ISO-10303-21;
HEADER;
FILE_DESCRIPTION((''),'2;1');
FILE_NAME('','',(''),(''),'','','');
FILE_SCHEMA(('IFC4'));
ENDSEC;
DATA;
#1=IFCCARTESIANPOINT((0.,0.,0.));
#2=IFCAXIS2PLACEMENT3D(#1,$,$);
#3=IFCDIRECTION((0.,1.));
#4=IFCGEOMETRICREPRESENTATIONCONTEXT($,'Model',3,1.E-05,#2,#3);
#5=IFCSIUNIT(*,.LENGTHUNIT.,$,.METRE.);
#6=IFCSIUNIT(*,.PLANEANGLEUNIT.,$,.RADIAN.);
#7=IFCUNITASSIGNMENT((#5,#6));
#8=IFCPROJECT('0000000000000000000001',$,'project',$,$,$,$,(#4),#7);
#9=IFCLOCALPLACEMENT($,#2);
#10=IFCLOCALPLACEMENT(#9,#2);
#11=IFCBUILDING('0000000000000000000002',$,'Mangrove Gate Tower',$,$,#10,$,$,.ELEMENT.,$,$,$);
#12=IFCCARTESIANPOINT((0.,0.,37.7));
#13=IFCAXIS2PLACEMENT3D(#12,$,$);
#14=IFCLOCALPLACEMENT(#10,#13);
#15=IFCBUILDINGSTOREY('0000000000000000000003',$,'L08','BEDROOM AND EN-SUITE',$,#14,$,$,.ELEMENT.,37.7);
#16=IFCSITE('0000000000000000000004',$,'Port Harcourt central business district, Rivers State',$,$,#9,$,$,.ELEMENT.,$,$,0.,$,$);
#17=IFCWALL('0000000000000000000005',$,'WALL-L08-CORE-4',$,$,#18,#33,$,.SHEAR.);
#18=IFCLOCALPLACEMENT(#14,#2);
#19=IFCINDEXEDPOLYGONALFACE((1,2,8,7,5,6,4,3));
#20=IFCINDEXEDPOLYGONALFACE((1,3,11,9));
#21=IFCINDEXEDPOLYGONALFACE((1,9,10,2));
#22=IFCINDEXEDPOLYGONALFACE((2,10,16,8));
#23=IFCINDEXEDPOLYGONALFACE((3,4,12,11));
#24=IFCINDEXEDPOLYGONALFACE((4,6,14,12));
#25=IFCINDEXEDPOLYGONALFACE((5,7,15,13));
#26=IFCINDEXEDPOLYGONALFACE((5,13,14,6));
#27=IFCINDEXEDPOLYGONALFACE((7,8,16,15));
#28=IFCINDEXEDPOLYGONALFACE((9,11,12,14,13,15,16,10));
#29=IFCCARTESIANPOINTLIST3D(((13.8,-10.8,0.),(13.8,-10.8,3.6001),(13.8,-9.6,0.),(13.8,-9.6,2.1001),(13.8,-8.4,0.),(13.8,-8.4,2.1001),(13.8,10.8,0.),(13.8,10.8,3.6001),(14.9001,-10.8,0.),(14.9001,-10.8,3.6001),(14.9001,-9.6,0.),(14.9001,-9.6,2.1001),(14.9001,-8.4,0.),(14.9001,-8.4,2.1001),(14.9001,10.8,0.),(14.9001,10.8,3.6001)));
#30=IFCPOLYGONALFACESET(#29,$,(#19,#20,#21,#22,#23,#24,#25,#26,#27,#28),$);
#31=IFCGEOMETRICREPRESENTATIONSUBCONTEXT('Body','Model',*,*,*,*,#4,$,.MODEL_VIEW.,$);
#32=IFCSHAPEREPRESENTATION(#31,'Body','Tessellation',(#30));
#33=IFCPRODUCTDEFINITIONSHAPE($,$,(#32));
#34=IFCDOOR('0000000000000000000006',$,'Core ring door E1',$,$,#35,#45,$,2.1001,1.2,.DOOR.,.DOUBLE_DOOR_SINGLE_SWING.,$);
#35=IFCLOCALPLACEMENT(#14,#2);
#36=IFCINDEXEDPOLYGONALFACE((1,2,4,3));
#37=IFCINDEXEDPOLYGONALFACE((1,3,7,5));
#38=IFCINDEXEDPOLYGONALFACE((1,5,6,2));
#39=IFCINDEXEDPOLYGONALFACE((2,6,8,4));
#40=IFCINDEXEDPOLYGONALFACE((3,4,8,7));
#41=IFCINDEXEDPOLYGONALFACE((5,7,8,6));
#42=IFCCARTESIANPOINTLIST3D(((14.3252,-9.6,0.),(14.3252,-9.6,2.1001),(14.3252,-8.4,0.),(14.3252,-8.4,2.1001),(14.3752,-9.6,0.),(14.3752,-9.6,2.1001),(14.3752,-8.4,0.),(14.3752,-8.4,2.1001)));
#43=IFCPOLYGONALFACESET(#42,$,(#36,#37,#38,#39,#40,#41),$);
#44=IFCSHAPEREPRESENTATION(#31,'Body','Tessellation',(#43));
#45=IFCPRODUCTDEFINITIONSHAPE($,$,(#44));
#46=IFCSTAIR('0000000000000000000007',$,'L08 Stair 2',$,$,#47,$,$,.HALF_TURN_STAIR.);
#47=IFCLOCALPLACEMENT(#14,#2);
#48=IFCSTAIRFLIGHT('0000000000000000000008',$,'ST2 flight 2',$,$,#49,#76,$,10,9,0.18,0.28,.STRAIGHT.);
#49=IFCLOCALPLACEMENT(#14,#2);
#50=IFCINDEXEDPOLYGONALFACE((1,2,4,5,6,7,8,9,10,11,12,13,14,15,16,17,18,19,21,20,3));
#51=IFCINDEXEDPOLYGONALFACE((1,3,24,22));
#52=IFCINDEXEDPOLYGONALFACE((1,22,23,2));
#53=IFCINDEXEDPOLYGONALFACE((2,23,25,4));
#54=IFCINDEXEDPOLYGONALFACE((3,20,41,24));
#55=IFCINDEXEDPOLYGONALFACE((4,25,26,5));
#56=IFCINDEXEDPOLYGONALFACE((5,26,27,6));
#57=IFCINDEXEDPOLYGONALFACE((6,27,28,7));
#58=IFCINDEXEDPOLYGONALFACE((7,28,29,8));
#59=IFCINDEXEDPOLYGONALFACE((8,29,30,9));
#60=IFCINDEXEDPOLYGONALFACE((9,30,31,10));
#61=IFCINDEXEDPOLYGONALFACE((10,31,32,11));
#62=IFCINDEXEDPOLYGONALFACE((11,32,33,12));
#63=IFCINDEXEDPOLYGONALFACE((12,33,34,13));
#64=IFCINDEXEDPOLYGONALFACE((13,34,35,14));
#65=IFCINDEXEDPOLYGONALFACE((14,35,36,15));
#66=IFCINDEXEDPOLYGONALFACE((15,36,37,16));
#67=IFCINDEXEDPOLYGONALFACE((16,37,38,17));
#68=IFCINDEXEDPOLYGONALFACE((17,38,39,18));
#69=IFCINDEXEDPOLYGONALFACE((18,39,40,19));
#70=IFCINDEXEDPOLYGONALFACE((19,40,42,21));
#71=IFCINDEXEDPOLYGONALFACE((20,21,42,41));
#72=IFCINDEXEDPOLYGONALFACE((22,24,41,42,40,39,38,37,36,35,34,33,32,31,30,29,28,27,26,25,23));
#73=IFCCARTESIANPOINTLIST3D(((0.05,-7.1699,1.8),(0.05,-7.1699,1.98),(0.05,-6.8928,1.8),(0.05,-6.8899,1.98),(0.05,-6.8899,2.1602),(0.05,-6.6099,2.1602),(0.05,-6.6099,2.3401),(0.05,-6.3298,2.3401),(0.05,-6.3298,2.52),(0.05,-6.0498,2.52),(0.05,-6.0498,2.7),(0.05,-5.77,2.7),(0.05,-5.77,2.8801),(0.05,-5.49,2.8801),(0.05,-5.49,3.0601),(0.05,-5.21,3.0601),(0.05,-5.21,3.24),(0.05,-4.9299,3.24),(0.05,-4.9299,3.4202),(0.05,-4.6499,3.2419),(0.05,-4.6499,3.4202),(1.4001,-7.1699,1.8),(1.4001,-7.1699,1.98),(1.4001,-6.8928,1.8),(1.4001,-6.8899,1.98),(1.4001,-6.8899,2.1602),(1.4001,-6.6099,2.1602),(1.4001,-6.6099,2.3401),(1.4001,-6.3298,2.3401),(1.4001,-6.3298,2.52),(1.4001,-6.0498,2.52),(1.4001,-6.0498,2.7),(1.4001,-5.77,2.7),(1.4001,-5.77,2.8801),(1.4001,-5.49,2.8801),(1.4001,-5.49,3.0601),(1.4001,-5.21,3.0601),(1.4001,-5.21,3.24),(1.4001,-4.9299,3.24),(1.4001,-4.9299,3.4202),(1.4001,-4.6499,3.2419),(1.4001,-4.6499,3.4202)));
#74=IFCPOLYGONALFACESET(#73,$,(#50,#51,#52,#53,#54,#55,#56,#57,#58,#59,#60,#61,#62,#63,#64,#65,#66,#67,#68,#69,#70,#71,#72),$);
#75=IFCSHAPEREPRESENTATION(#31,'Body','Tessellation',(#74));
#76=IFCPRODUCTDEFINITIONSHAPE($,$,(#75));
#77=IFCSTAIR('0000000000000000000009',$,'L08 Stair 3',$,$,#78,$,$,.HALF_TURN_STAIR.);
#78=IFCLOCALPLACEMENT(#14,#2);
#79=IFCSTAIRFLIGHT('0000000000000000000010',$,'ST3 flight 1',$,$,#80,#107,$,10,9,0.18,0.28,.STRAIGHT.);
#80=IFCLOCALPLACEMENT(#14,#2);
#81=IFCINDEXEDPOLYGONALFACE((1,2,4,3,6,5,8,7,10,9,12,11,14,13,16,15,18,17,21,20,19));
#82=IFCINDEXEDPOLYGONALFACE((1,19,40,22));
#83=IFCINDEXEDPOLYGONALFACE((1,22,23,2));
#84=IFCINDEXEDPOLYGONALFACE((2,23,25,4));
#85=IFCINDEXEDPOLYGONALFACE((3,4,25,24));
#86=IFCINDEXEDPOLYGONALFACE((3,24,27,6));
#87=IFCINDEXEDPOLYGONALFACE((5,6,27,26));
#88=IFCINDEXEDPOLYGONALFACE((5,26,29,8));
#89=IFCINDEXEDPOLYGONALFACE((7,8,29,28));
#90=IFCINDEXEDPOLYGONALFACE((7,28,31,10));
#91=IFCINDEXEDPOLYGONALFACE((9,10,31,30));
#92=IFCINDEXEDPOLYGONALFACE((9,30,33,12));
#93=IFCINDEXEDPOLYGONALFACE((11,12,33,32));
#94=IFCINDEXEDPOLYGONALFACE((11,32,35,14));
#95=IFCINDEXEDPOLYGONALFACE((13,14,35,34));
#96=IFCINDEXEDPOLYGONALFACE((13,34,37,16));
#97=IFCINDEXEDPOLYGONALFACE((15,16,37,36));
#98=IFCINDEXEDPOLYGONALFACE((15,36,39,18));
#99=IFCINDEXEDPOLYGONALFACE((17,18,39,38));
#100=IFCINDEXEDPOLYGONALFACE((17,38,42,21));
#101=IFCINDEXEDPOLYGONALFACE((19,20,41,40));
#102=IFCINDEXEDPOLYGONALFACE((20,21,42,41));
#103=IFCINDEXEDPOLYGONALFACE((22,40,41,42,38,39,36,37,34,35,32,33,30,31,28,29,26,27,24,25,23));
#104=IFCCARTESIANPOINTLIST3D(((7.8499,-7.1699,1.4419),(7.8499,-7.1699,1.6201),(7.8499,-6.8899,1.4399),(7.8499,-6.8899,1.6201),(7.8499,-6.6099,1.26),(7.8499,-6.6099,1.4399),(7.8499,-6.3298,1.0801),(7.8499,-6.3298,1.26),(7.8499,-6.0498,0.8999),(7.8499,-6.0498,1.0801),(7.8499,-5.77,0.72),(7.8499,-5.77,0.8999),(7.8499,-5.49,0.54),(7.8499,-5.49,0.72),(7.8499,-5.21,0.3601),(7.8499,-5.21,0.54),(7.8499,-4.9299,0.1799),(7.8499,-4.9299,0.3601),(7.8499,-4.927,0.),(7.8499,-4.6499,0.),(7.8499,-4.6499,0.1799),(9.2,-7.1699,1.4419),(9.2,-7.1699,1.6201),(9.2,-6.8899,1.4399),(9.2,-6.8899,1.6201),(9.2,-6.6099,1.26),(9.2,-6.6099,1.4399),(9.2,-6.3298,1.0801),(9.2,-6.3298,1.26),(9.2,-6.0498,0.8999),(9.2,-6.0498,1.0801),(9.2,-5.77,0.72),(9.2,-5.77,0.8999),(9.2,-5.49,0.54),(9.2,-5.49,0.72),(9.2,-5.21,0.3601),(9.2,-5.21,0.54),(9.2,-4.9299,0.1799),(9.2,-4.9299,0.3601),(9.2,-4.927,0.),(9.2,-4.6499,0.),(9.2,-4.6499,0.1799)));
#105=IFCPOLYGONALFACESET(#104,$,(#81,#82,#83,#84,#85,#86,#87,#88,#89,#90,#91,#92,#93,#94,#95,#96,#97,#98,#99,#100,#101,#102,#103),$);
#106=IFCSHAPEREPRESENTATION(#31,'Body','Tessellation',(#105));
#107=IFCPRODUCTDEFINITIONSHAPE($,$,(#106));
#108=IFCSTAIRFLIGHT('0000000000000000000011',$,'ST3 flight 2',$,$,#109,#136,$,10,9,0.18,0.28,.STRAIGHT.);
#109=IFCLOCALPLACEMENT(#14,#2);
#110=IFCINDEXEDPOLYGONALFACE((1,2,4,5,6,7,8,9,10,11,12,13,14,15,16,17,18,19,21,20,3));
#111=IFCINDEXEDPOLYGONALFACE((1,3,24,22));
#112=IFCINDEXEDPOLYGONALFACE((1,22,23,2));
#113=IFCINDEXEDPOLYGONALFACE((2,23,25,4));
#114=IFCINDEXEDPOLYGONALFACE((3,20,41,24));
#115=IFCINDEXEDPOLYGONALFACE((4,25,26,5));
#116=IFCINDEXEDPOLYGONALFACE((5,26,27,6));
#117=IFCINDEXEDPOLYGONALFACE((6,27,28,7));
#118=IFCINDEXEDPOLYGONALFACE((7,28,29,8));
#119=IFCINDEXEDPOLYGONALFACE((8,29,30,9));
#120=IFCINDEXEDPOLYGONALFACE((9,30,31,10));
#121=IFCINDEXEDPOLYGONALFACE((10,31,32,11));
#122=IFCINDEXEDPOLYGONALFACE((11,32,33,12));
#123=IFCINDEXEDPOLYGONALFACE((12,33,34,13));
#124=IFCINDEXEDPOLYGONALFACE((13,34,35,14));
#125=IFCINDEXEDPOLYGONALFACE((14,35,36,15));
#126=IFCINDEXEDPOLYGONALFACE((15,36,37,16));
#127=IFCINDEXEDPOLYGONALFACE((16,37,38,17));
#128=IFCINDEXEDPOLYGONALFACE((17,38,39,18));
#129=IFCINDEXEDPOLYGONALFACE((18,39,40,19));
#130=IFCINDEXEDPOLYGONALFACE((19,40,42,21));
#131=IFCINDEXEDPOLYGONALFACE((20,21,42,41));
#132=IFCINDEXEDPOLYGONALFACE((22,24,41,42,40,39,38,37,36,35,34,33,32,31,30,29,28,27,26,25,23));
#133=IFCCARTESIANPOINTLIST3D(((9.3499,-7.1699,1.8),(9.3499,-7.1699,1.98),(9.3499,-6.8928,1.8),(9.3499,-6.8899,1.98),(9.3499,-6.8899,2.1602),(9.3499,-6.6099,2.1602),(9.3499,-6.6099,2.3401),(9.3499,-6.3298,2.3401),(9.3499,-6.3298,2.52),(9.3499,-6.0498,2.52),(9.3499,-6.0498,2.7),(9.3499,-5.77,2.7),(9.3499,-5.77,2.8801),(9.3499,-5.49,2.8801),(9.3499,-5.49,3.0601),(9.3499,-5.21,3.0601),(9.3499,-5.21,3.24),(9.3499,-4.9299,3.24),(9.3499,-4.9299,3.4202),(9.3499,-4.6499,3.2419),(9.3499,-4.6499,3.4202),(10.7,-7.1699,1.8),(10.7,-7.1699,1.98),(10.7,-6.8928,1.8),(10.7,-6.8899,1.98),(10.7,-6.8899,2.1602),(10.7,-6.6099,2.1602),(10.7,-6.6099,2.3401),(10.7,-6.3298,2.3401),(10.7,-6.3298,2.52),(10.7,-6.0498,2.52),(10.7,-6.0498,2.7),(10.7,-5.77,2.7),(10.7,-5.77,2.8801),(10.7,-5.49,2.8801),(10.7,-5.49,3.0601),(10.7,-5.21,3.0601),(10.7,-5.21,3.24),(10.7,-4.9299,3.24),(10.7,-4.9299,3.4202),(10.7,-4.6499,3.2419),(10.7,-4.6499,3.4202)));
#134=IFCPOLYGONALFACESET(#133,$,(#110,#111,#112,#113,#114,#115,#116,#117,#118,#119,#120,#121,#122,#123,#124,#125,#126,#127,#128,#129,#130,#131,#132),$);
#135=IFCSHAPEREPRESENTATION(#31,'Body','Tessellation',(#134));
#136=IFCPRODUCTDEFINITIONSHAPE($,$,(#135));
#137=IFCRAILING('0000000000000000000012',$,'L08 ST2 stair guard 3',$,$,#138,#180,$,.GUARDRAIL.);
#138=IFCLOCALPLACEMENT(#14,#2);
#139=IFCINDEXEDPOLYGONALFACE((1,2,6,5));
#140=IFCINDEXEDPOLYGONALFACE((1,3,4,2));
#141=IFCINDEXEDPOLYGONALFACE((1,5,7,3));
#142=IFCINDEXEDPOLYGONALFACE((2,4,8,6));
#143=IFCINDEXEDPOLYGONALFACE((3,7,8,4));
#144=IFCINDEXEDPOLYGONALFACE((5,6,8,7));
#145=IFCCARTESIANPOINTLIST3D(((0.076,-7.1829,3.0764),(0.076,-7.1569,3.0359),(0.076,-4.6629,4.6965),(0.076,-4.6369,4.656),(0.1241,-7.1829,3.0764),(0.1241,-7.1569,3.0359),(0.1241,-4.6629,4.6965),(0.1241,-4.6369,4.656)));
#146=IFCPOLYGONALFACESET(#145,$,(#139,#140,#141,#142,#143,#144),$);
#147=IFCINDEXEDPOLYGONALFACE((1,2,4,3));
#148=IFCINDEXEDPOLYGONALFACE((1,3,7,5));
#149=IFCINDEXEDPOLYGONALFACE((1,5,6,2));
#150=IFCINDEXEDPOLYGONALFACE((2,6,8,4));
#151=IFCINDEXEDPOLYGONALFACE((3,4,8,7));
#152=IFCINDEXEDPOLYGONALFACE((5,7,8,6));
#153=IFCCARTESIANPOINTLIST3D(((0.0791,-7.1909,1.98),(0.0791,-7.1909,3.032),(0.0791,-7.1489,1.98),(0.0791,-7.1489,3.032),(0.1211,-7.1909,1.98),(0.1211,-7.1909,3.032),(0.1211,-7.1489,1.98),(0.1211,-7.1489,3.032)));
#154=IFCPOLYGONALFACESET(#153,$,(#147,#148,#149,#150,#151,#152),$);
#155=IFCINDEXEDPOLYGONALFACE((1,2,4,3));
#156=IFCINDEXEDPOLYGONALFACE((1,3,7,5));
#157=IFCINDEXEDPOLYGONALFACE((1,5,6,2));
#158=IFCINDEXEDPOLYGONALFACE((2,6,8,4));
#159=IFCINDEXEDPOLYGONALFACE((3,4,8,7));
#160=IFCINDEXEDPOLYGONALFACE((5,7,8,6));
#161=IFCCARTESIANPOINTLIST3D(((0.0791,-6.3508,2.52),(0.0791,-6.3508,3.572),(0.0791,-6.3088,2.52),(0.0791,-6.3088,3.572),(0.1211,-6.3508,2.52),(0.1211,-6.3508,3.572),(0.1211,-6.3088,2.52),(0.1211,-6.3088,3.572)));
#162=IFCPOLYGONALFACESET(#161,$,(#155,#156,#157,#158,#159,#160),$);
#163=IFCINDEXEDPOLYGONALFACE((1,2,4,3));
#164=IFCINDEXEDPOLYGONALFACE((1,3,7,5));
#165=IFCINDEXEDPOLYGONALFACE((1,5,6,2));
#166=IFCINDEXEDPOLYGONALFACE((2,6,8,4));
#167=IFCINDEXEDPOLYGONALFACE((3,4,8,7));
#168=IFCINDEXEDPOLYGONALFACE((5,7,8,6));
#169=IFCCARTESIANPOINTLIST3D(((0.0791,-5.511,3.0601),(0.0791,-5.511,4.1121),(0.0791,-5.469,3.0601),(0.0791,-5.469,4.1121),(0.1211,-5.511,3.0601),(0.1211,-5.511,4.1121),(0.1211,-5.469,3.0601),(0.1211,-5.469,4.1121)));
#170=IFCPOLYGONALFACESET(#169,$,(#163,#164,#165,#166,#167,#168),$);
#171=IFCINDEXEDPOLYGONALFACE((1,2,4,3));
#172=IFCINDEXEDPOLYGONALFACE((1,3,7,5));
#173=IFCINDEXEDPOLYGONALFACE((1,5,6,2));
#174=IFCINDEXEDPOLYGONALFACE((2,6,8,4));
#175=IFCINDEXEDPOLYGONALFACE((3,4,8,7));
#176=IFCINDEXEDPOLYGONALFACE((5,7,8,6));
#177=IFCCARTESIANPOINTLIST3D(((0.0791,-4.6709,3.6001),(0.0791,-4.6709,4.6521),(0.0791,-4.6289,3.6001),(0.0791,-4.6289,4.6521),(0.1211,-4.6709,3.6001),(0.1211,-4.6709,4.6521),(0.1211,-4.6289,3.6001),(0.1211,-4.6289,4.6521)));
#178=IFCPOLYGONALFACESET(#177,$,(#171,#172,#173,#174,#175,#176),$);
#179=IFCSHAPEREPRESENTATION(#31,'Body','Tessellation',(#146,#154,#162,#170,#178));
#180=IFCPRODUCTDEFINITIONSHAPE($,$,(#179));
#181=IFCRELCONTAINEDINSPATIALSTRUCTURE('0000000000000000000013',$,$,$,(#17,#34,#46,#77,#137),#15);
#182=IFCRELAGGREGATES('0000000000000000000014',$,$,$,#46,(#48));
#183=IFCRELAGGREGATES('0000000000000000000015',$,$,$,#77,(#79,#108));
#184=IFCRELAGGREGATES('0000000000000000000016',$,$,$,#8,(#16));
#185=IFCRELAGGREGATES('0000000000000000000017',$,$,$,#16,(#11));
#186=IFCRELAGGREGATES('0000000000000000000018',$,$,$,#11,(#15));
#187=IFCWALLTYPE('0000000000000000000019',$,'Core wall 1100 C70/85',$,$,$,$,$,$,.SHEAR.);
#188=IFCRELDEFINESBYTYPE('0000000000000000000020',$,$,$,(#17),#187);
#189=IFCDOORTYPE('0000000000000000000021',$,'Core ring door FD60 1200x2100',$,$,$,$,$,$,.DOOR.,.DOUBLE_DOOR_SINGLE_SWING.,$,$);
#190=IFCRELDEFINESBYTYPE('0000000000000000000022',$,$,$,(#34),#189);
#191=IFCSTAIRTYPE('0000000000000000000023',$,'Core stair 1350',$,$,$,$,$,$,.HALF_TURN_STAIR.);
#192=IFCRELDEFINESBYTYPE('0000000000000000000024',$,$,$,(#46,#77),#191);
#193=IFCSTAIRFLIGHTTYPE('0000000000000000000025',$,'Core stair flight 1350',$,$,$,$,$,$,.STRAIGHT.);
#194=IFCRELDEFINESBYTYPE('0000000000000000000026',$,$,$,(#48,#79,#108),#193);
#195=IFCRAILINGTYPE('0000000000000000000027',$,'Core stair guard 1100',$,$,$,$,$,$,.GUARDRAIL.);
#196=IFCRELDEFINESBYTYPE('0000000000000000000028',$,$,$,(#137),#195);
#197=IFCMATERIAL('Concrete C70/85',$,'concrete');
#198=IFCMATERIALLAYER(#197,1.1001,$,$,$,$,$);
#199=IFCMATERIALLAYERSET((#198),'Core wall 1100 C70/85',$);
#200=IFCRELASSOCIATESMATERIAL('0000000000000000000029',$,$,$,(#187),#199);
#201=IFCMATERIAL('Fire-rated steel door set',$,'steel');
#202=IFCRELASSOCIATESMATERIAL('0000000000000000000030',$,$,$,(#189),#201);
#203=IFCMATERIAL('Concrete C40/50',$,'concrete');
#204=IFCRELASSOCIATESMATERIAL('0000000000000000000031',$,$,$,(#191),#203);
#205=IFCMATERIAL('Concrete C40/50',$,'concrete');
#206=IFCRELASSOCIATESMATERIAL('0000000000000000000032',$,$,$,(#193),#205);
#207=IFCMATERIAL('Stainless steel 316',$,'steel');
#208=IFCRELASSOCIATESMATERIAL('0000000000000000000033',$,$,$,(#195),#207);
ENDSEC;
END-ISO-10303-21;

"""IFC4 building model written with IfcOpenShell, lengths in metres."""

from ifc_helpers import new_model, si_unit, direction, frame, frame_2d, origin, origin_2d, place, context, subcontext, project, spatial, polyline, rectangle, outline, extrude, material, layer, layer_set, type_object, element, fill, aggregate, save


model = new_model("IFC4")

# Units and contexts
model_context = context("Model", 3, precision=1e-05, world=origin(), true_north=direction((0.0, 1.0)))
body_context = subcontext(model_context, "Body", "Model", "MODEL_VIEW")
ifc_project = project(units=[si_unit("LENGTHUNIT", "METRE"), si_unit("PLANEANGLEUNIT", "RADIAN")], contexts=[model_context])

# Site, building, storey
site_placement = place(None, origin())
site = spatial("IfcSite", under=ifc_project, at=site_placement, Name="Port Harcourt central business district, Rivers State", CompositionType="ELEMENT", RefElevation=0.0)
building_placement = place(site_placement, origin())
building = spatial("IfcBuilding", under=site, at=building_placement, Name="Mangrove Gate Tower", CompositionType="ELEMENT")
storey_placement = place(building_placement, frame((0.0, 0.0, 37.7)))
storey = spatial("IfcBuildingStorey", under=building, at=storey_placement, Name="L08", Description="BEDROOM AND EN-SUITE", CompositionType="ELEMENT", Elevation=37.7)

# Wall, opening, door
ifc_material_1 = material(Name="Concrete C70/85", Category="concrete")
ifc_layer_1 = layer(ifc_material_1, 1.1001)
ifc_layer_set_1 = layer_set([ifc_layer_1], Name="Core wall 1100 C70/85")
wall_type_1 = type_object("IfcWallType", Name="Core wall 1100 C70/85", PredefinedType="SHEAR", material=ifc_layer_set_1)
wall_1_placement = place(storey_placement, frame((14.3501, -10.8, 0.0), z_axis=(0.0, 0.0, 1.0), x_axis=(0.0, 1.0, 0.0)))
wall_1 = element("IfcWall", 1, at=wall_1_placement, inside=storey, type_object=wall_type_1, Name="WALL-L08-CORE-4", PredefinedType="SHEAR", context=body_context, shape_type="SweptSolid", body=[
    extrude(rectangle(XDim=21.6001, YDim=1.1001, at=frame_2d((10.8, 0.0))), origin(), (0.0, 0.0, 1.0), 3.6001),
])
opening_1_placement = place(wall_1_placement, frame((1.2, 0.0, 0.0)))
opening_1 = element("IfcOpeningElement", 2, at=opening_1_placement, cuts=wall_1, PredefinedType="OPENING", context=body_context, shape_type="SweptSolid", body=[
    extrude(rectangle(XDim=1.2, YDim=2.1001, at=frame_2d((0.6001, 1.05))), frame((0.0, 0.5601, 0.0), z_axis=(0.0, -1.0, 0.0), x_axis=(1.0, 0.0, 0.0)), (0.0, 0.0, 1.0), 1.1201),
])
ifc_material_2 = material(Name="Fire-rated steel door set", Category="steel")
door_type_1 = type_object("IfcDoorType", Name="Core ring door FD60 1200x2100", OperationType="DOUBLE_DOOR_SINGLE_SWING", PredefinedType="DOOR", material=ifc_material_2)
door_1_placement = place(opening_1_placement, origin())
door_1 = element("IfcDoor", 3, at=door_1_placement, inside=storey, type_object=door_type_1, Name="Core ring door E1", OperationType="DOUBLE_DOOR_SINGLE_SWING", OverallHeight=2.1001, OverallWidth=1.2, PredefinedType="DOOR", context=body_context, shape_type="SweptSolid", body=[
    extrude(rectangle(XDim=1.2, YDim=2.1001, at=frame_2d((0.6001, 1.05))), frame((0.0, 0.0249, 0.0), z_axis=(0.0, -1.0, 0.0), x_axis=(1.0, 0.0, 0.0)), (0.0, 0.0, 1.0), 0.05),
])
fill(opening_1, door_1)

# Stair, stair flight
ifc_material_3 = material(Name="Concrete C40/50", Category="concrete")
stair_type = type_object("IfcStairType", Name="Core stair 1350", PredefinedType="HALF_TURN_STAIR", material=ifc_material_3)
stair_1_placement = place(storey_placement, origin())
stair_1 = element("IfcStair", 4, at=stair_1_placement, inside=storey, type_object=stair_type, Name="L08 Stair 2", PredefinedType="HALF_TURN_STAIR")
ifc_material_4 = material(Name="Concrete C40/50", Category="concrete")
stair_flight_type = type_object("IfcStairFlightType", Name="Core stair flight 1350", PredefinedType="STRAIGHT", material=ifc_material_4)
stair_flight_1_placement = place(storey_placement, frame((0.7251, -7.1699, 1.8), z_axis=(0.0, 0.0, 1.0), x_axis=(0.0, 1.0, 0.0)))
stair_flight_1 = element("IfcStairFlight", 5, at=stair_flight_1_placement, type_object=stair_flight_type, Name="ST2 flight 2", NumberOfRisers=10, NumberOfTreads=9, PredefinedType="STRAIGHT", RiserHeight=0.18, TreadLength=0.28, context=body_context, shape_type="SweptSolid", body=[
    extrude(outline(polyline([(0.0, 0.0), (0.0, 0.1799), (0.28, 0.1799), (0.28, 0.3601), (0.5601, 0.3601), (0.5601, 0.54), (0.8401, 0.54), (0.8401, 0.72), (1.1201, 0.72), (1.1201, 0.8999), (1.3999, 0.8999), (1.3999, 1.0801), (1.6799, 1.0801), (1.6799, 1.26), (1.96, 1.26), (1.96, 1.4399), (2.24, 1.4399), (2.24, 1.6201), (2.52, 1.6201), (2.52, 1.8), (2.52, 1.4419), (0.2771, 0.0), (0.0, 0.0)])), frame((0.0, 0.675, 0.0), z_axis=(0.0, -1.0, 0.0), x_axis=(1.0, 0.0, 0.0)), (0.0, 0.0, 1.0), 1.3501),
])
aggregate(stair_1, [stair_flight_1])

# Stair, stair flights
stair_2_placement = place(storey_placement, origin())
stair_2 = element("IfcStair", 6, at=stair_2_placement, inside=storey, type_object=stair_type, Name="L08 Stair 3", PredefinedType="HALF_TURN_STAIR")
stair_flight_2_placement = place(storey_placement, frame((8.5249, -4.6499, 0.0), z_axis=(0.0, 0.0, 1.0), x_axis=(0.0, -1.0, 0.0)))
stair_flight_2 = element("IfcStairFlight", 7, at=stair_flight_2_placement, type_object=stair_flight_type, Name="ST3 flight 1", NumberOfRisers=10, NumberOfTreads=9, PredefinedType="STRAIGHT", RiserHeight=0.18, TreadLength=0.28, context=body_context, shape_type="SweptSolid", body=[
    extrude(outline(polyline([(0.0, 0.0), (0.0, 0.1799), (0.28, 0.1799), (0.28, 0.3601), (0.5601, 0.3601), (0.5601, 0.54), (0.8401, 0.54), (0.8401, 0.72), (1.1201, 0.72), (1.1201, 0.8999), (1.3999, 0.8999), (1.3999, 1.0801), (1.6799, 1.0801), (1.6799, 1.26), (1.96, 1.26), (1.96, 1.4399), (2.24, 1.4399), (2.24, 1.6201), (2.52, 1.6201), (2.52, 1.8), (2.52, 1.4419), (0.2771, 0.0), (0.0, 0.0)])), frame((0.0, 0.675, 0.0), z_axis=(0.0, -1.0, 0.0), x_axis=(1.0, 0.0, 0.0)), (0.0, 0.0, 1.0), 1.3501),
])
stair_flight_3_placement = place(storey_placement, frame((10.0249, -7.1699, 1.8), z_axis=(0.0, 0.0, 1.0), x_axis=(0.0, 1.0, 0.0)))
stair_flight_3 = element("IfcStairFlight", 8, at=stair_flight_3_placement, type_object=stair_flight_type, Name="ST3 flight 2", NumberOfRisers=10, NumberOfTreads=9, PredefinedType="STRAIGHT", RiserHeight=0.18, TreadLength=0.28, context=body_context, shape_type="SweptSolid", body=[
    extrude(outline(polyline([(0.0, 0.0), (0.0, 0.1799), (0.28, 0.1799), (0.28, 0.3601), (0.5601, 0.3601), (0.5601, 0.54), (0.8401, 0.54), (0.8401, 0.72), (1.1201, 0.72), (1.1201, 0.8999), (1.3999, 0.8999), (1.3999, 1.0801), (1.6799, 1.0801), (1.6799, 1.26), (1.96, 1.26), (1.96, 1.4399), (2.24, 1.4399), (2.24, 1.6201), (2.52, 1.6201), (2.52, 1.8), (2.52, 1.4419), (0.2771, 0.0), (0.0, 0.0)])), frame((0.0, 0.675, 0.0), z_axis=(0.0, -1.0, 0.0), x_axis=(1.0, 0.0, 0.0)), (0.0, 0.0, 1.0), 1.3501),
])
aggregate(stair_2, [stair_flight_2, stair_flight_3])

# Railing
ifc_material_5 = material(Name="Stainless steel 316", Category="steel")
railing_type_1 = type_object("IfcRailingType", Name="Core stair guard 1100", PredefinedType="GUARDRAIL", material=ifc_material_5)
railing_1_placement = place(storey_placement, frame((0.1001, -7.1699, 1.98)))
element("IfcRailing", 9, at=railing_1_placement, inside=storey, type_object=railing_type_1, Name="L08 ST2 stair guard 3", PredefinedType="GUARDRAIL", context=body_context, shape_type="SweptSolid", body=[
    extrude(rectangle(XDim=0.0481, YDim=0.0481, at=origin_2d()), frame((0.0, 0.0, 1.0762), z_axis=(0.0, 0.841163, 0.540782), x_axis=(-1.0, 0.0, 0.0)), (0.0, 0.0, 1.0), 2.9958),
    extrude(rectangle(XDim=0.042, YDim=0.042, at=origin_2d()), origin(), (0.0, 0.0, 1.0), 1.052),
    extrude(rectangle(XDim=0.042, YDim=0.042, at=origin_2d()), frame((0.0, 0.8401, 0.54)), (0.0, 0.0, 1.0), 1.052),
    extrude(rectangle(XDim=0.042, YDim=0.042, at=origin_2d()), frame((0.0, 1.6799, 1.0801)), (0.0, 0.0, 1.0), 1.052),
    extrude(rectangle(XDim=0.042, YDim=0.042, at=origin_2d()), frame((0.0, 2.52, 1.6201)), (0.0, 0.0, 1.0), 1.052),
])

save(model, "model.ifc")
